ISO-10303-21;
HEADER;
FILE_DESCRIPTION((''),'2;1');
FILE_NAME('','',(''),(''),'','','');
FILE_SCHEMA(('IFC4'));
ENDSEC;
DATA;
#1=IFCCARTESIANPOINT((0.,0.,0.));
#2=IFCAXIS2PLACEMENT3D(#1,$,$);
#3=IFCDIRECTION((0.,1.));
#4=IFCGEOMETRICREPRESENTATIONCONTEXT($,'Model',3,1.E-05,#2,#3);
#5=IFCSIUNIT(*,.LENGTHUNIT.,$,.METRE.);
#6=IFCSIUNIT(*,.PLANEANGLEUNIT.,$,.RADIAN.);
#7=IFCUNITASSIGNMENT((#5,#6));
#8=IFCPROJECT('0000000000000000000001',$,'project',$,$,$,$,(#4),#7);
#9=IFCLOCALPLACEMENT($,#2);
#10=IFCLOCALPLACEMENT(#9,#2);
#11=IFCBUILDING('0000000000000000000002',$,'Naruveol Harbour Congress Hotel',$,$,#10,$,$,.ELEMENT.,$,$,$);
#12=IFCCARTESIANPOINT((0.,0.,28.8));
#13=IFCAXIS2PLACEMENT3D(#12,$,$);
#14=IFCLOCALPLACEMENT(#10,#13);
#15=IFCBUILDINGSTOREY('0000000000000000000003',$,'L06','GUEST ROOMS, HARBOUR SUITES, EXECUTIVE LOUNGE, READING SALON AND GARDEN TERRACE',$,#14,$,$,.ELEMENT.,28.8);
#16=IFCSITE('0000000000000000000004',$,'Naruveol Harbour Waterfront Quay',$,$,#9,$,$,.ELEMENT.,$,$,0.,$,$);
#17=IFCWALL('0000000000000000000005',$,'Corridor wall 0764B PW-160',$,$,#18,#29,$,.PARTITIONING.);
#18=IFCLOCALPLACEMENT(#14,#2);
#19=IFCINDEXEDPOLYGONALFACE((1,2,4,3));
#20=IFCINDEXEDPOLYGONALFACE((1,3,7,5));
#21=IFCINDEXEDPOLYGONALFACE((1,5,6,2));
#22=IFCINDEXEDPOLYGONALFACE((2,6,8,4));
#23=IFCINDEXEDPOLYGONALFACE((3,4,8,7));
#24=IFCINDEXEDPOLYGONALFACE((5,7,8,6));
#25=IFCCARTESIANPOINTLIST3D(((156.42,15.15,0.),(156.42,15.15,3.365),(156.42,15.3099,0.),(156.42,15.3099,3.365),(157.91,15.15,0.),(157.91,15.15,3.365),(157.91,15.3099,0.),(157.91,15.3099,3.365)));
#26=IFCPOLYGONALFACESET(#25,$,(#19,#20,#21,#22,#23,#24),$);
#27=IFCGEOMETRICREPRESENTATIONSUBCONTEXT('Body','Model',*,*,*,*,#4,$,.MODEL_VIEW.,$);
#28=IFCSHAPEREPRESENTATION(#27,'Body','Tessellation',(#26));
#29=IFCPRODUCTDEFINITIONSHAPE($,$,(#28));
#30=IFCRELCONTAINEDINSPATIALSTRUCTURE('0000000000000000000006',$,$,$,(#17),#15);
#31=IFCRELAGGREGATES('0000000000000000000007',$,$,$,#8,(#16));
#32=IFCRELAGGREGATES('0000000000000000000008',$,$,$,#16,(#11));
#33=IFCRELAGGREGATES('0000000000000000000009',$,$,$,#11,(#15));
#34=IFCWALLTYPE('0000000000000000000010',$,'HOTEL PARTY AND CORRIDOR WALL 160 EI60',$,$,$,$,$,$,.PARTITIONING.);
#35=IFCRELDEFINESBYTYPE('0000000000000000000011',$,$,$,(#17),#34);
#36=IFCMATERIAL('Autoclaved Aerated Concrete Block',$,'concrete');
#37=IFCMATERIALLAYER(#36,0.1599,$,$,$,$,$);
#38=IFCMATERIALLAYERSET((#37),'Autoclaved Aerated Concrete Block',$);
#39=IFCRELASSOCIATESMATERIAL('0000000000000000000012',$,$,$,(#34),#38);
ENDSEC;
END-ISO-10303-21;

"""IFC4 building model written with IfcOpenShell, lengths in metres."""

from ifc_helpers import new_model, si_unit, direction, frame, frame_2d, origin, place, context, subcontext, project, spatial, rectangle, extrude, material, layer, layer_set, type_object, element, save


model = new_model("IFC4")

# Units and contexts
model_context = context("Model", 3, precision=1e-05, world=origin(), true_north=direction((0.0, 1.0)))
body_context = subcontext(model_context, "Body", "Model", "MODEL_VIEW")
ifc_project = project(units=[si_unit("LENGTHUNIT", "METRE"), si_unit("PLANEANGLEUNIT", "RADIAN")], contexts=[model_context])

# Site, building, storey
site_placement = place(None, origin())
site = spatial("IfcSite", under=ifc_project, at=site_placement, Name="Naruveol Harbour Waterfront Quay", CompositionType="ELEMENT", RefElevation=0.0)
building_placement = place(site_placement, origin())
building = spatial("IfcBuilding", under=site, at=building_placement, Name="Naruveol Harbour Congress Hotel", CompositionType="ELEMENT")
storey_placement = place(building_placement, frame((0.0, 0.0, 28.8)))
storey = spatial("IfcBuildingStorey", under=building, at=storey_placement, Name="L06", Description="GUEST ROOMS, HARBOUR SUITES, EXECUTIVE LOUNGE, READING SALON AND GARDEN TERRACE", CompositionType="ELEMENT", Elevation=28.8)

# Shared definitions
ifc_material_1 = material(Name="Autoclaved Aerated Concrete Block", Category="concrete")
ifc_layer_1 = layer(ifc_material_1, 0.1599)
ifc_layer_set_1 = layer_set([ifc_layer_1], Name="Autoclaved Aerated Concrete Block")
wall_type_1 = type_object("IfcWallType", Name="HOTEL PARTY AND CORRIDOR WALL 160 EI60", PredefinedType="PARTITIONING", material=ifc_layer_set_1)

# Wall
wall_1_placement = place(storey_placement, frame((156.4199, 15.23, 0.0), z_axis=(0.0, 0.0, 1.0), x_axis=(1.0, 0.0, 0.0)))
element("IfcWall", 1, at=wall_1_placement, inside=storey, type_object=wall_type_1, Name="Corridor wall 0764B PW-160", PredefinedType="PARTITIONING", context=body_context, shape_type="SweptSolid", body=[
    extrude(rectangle(XDim=1.49, YDim=0.1599, at=frame_2d((0.7451, 0.0))), origin(), (0.0, 0.0, 1.0), 3.365),
])

save(model, "model.ifc")
